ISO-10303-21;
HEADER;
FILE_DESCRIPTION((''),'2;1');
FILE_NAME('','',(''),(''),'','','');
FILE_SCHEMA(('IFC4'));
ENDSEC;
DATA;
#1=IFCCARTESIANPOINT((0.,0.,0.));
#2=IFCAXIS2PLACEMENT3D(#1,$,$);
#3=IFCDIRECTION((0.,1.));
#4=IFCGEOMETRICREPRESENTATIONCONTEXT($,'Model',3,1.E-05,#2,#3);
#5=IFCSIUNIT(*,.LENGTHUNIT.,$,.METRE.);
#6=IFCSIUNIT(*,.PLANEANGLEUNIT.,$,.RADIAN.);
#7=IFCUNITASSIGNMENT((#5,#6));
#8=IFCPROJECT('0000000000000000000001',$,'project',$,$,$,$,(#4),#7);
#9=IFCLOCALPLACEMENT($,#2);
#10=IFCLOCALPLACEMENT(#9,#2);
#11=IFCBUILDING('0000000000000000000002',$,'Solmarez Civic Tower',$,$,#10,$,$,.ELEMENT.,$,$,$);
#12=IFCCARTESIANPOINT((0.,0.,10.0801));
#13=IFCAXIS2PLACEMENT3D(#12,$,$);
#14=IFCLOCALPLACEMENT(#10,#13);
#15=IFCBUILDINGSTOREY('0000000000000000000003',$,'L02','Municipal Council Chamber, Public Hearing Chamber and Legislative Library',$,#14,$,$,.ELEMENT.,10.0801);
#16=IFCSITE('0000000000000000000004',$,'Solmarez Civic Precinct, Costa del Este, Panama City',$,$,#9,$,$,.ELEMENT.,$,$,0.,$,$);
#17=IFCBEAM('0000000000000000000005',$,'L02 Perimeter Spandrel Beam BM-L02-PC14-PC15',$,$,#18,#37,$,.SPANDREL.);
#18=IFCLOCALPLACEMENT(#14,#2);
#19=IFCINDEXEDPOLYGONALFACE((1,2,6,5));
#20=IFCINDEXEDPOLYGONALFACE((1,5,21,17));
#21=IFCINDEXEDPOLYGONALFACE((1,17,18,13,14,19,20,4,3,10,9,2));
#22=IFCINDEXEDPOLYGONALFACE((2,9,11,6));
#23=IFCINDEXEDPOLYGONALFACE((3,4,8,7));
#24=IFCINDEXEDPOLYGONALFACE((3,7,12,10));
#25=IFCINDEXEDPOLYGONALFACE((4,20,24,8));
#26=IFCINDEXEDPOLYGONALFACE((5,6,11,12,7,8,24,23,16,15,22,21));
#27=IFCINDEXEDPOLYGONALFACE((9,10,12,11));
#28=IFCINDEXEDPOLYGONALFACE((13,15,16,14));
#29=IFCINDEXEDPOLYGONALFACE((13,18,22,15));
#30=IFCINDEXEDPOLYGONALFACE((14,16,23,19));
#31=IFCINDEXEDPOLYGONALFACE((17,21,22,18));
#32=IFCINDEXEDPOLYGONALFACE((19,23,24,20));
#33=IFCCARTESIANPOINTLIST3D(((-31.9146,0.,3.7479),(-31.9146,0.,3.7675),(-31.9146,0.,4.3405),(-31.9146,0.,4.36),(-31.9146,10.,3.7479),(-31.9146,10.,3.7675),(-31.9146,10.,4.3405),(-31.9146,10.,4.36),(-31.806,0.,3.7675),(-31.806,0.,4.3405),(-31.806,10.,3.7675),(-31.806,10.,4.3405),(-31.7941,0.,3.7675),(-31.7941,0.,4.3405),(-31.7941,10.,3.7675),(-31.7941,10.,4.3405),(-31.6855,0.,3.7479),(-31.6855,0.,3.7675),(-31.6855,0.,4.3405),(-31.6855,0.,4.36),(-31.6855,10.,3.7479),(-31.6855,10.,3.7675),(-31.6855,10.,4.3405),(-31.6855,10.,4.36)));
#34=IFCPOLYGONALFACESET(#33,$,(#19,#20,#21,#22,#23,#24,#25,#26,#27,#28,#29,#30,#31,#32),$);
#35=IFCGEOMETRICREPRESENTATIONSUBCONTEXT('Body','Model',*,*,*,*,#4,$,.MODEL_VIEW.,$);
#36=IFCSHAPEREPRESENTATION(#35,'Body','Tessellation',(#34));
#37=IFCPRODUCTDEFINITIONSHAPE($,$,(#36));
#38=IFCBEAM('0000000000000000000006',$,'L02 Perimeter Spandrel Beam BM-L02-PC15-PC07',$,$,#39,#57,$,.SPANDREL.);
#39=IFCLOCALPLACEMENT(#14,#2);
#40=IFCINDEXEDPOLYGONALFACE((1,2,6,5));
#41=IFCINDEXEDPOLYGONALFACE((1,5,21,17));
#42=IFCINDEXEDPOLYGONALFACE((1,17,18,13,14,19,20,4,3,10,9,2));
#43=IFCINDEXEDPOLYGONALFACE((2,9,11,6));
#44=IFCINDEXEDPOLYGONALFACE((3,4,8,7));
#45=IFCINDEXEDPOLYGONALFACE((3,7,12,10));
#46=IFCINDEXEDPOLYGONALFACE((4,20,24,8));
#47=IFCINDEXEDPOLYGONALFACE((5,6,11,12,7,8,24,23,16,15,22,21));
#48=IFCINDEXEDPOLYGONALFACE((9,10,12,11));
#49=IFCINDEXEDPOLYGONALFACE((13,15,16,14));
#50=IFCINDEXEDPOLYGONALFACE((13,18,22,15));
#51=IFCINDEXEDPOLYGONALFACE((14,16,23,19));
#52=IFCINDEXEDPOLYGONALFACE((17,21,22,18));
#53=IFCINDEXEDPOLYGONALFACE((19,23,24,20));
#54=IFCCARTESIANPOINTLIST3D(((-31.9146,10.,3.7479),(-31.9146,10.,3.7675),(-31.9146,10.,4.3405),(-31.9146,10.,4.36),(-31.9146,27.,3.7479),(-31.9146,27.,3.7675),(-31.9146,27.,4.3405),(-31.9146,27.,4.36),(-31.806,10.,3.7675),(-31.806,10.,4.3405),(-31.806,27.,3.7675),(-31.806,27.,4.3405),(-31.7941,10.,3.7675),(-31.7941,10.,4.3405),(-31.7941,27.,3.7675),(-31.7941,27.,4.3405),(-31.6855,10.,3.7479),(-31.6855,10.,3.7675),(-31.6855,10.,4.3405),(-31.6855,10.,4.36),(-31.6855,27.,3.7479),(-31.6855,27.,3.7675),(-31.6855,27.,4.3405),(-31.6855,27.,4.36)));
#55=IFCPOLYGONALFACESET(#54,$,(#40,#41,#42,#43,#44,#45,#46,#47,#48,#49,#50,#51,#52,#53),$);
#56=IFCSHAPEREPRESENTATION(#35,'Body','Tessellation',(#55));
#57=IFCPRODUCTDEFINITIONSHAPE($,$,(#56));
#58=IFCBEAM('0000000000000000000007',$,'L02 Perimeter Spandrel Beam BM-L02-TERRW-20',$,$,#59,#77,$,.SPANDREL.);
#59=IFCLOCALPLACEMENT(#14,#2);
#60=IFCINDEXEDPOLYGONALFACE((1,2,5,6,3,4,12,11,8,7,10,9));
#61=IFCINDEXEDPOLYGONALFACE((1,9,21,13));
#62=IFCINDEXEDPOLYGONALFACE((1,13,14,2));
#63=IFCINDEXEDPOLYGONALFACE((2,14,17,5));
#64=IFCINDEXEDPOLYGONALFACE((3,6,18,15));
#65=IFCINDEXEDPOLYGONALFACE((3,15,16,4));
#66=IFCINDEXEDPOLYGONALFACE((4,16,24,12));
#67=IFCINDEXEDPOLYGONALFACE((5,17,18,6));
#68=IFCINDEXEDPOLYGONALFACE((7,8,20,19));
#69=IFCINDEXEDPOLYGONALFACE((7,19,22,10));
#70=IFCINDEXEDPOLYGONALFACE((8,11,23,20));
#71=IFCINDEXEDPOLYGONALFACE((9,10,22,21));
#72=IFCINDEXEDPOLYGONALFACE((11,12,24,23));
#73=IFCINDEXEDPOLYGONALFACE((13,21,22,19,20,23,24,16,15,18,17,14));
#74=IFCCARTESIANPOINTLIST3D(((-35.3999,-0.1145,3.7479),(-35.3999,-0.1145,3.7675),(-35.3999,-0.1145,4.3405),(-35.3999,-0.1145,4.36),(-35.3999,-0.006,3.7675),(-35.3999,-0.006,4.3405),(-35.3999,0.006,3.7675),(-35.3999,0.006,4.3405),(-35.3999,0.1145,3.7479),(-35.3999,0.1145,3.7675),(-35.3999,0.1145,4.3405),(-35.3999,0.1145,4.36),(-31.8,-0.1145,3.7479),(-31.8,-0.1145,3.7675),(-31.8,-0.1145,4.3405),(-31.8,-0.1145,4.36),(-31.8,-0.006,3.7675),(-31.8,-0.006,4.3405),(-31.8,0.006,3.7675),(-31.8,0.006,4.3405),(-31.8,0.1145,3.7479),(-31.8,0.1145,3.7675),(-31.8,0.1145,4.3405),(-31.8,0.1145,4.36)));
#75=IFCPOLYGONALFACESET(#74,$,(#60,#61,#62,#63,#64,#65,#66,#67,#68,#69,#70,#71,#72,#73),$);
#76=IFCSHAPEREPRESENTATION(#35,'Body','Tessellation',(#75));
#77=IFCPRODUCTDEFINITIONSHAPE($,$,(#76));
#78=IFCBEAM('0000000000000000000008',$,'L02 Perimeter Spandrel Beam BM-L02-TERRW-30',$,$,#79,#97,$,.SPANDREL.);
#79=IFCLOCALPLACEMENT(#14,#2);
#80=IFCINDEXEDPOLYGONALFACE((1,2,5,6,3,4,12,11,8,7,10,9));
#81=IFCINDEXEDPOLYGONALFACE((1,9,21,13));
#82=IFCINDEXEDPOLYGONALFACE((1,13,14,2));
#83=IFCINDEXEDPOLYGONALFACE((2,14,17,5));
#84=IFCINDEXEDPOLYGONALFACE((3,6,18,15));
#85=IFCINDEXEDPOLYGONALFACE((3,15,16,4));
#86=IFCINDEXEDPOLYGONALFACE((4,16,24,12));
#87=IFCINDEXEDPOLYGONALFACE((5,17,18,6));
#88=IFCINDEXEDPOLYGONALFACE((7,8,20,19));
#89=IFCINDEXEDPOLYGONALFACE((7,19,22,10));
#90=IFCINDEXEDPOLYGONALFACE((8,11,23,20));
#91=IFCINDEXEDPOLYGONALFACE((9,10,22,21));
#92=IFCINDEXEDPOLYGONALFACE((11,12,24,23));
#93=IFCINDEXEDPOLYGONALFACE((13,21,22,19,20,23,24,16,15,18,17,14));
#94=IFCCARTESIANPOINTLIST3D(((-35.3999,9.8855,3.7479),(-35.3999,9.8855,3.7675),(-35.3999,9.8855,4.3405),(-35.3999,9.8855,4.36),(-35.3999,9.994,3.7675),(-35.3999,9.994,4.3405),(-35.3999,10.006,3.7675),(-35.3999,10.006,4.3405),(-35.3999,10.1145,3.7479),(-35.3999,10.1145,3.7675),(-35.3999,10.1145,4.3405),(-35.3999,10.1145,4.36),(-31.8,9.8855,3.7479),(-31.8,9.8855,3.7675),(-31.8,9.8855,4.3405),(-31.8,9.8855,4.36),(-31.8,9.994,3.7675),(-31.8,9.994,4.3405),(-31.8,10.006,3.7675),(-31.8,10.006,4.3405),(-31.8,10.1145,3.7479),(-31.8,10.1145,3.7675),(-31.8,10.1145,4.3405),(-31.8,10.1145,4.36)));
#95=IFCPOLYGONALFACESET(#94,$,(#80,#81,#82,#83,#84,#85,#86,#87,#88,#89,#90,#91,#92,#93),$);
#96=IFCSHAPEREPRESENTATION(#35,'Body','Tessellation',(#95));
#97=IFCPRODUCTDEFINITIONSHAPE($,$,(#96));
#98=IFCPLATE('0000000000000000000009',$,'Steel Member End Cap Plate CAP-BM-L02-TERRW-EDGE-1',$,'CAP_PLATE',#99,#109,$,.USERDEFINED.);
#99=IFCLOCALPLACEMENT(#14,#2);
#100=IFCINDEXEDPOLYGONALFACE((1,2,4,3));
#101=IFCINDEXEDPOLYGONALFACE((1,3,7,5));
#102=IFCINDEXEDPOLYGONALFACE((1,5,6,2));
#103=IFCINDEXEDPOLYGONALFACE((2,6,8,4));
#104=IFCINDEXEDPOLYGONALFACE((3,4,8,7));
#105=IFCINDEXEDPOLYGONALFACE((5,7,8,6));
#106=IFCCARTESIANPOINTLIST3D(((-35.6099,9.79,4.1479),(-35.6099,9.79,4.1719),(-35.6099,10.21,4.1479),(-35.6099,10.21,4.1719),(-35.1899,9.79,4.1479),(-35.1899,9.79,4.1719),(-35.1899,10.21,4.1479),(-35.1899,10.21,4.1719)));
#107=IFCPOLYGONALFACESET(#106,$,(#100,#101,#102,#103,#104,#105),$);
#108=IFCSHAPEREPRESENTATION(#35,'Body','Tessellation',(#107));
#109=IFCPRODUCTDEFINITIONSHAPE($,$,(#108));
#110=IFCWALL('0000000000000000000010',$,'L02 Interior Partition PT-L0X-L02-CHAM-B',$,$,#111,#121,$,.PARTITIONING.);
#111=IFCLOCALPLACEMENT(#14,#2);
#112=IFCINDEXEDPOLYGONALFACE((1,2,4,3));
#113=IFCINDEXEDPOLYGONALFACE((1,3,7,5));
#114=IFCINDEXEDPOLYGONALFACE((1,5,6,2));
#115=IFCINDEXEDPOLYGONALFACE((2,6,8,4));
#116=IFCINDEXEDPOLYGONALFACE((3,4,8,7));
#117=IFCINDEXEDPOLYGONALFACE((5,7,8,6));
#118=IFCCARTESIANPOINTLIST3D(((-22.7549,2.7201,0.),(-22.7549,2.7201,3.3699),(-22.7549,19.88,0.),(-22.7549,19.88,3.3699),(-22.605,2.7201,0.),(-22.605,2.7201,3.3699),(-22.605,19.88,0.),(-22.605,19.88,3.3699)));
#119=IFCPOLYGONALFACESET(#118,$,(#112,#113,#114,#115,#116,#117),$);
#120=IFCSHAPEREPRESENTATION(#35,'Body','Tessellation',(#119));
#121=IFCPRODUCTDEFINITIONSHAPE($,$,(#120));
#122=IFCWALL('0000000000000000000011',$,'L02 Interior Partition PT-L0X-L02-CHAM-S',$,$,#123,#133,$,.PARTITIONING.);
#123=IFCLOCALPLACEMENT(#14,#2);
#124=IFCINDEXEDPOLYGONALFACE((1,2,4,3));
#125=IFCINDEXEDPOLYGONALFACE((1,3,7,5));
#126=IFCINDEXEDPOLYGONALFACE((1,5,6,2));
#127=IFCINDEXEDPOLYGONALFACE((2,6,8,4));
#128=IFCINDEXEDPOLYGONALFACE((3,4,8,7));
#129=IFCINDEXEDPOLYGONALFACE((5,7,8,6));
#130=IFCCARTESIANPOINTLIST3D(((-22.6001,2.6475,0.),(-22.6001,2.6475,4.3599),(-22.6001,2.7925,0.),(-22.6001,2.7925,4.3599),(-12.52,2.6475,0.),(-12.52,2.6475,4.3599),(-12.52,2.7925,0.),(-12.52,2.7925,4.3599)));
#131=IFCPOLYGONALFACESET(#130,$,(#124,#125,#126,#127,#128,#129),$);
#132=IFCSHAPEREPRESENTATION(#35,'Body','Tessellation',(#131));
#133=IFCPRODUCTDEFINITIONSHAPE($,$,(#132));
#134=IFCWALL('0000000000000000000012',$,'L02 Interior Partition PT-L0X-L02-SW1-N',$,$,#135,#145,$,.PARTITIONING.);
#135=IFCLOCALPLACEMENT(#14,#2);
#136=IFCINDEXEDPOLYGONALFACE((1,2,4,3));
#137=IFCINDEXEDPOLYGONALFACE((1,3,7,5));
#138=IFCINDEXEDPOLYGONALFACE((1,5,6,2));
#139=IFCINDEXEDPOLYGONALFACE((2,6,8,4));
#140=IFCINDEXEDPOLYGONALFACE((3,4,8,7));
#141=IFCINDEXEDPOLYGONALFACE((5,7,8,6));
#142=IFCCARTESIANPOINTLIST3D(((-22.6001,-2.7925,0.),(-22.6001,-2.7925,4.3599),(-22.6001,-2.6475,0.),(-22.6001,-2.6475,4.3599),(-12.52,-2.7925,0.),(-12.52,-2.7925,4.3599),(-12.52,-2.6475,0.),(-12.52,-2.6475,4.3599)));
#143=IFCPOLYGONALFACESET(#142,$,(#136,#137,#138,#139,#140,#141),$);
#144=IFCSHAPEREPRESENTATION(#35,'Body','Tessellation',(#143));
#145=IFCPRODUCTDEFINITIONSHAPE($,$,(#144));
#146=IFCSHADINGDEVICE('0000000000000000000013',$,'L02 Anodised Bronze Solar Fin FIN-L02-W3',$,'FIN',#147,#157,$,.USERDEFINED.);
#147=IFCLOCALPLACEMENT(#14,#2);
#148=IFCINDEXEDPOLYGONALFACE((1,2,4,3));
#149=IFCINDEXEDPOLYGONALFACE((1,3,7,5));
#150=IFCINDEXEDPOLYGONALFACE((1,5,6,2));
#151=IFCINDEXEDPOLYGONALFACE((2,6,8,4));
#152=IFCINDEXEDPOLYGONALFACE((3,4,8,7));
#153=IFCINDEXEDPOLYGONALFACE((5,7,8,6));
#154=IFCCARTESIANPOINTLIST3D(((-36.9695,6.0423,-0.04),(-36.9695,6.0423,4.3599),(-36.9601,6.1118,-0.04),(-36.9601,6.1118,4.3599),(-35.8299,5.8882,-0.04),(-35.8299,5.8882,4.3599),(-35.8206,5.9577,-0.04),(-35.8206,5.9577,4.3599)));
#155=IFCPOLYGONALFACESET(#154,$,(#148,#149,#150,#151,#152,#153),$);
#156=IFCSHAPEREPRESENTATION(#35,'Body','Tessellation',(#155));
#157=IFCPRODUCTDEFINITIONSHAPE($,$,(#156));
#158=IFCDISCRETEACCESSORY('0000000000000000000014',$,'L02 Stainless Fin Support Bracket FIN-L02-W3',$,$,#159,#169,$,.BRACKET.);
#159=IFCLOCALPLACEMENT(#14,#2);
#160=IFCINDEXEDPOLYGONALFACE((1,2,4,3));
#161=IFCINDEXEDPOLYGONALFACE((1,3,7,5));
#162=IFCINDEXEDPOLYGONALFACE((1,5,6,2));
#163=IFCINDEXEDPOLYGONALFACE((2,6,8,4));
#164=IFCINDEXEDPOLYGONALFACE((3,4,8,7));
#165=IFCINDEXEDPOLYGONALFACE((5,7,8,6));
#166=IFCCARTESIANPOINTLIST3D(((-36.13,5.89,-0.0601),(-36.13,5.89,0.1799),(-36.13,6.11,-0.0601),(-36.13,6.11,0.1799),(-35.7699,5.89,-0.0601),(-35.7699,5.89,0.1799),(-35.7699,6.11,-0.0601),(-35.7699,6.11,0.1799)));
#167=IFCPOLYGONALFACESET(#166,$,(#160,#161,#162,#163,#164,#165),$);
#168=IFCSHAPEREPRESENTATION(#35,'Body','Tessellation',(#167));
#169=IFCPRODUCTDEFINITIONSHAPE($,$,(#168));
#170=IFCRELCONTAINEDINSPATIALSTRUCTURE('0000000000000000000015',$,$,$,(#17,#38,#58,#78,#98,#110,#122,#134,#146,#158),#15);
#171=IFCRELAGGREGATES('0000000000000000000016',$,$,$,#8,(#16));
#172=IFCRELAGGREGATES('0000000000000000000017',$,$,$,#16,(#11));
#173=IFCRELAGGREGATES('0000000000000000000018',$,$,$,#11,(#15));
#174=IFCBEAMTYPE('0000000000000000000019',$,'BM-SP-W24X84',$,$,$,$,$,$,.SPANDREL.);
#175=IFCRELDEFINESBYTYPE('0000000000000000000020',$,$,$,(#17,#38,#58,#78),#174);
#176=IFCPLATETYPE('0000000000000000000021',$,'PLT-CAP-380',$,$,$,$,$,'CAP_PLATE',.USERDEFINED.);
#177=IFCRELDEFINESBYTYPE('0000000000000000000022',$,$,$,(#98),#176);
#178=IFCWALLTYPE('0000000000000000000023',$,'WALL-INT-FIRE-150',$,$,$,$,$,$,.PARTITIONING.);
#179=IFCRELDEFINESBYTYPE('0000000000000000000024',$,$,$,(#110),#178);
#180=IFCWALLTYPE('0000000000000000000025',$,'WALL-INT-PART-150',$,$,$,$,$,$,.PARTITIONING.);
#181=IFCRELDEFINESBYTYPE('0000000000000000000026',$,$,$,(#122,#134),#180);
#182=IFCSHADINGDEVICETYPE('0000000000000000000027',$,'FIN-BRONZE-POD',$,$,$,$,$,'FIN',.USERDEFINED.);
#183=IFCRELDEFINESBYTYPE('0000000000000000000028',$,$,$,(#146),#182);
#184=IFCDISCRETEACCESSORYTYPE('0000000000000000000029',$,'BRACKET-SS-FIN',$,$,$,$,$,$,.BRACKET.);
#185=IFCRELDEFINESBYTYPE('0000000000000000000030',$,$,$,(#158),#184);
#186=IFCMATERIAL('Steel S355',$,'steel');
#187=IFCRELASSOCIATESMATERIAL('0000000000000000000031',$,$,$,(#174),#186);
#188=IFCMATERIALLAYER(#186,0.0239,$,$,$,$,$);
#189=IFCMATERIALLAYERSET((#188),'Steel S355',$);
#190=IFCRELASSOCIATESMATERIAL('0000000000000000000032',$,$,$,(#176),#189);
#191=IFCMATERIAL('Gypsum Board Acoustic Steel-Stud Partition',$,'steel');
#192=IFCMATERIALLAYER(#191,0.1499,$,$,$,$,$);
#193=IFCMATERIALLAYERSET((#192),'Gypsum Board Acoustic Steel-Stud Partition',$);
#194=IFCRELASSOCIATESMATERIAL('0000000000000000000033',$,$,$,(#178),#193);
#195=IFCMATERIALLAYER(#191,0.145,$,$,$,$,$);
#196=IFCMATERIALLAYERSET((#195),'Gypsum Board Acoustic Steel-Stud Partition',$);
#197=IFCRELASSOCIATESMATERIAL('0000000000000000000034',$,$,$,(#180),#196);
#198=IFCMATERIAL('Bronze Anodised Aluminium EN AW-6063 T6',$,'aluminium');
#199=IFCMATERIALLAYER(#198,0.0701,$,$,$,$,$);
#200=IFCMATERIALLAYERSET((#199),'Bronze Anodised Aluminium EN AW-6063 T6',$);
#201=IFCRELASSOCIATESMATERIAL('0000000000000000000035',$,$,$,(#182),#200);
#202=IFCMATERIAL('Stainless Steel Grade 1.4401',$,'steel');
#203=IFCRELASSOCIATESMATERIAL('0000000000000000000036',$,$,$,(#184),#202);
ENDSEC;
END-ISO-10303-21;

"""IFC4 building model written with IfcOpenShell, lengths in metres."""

from ifc_helpers import new_model, si_unit, direction, frame, frame_2d, origin, origin_2d, place, context, subcontext, project, spatial, rectangle, i_section, extrude, material, layer, layer_set, material_profile, profile_set, type_object, element, save


model = new_model("IFC4")

# Units and contexts
model_context = context("Model", 3, precision=1e-05, world=origin(), true_north=direction((0.0, 1.0)))
body_context = subcontext(model_context, "Body", "Model", "MODEL_VIEW")
ifc_project = project(units=[si_unit("LENGTHUNIT", "METRE"), si_unit("PLANEANGLEUNIT", "RADIAN")], contexts=[model_context])

# Site, building, storey
site_placement = place(None, origin())
site = spatial("IfcSite", under=ifc_project, at=site_placement, Name="Solmarez Civic Precinct, Costa del Este, Panama City", CompositionType="ELEMENT", RefElevation=0.0)
building_placement = place(site_placement, origin())
building = spatial("IfcBuilding", under=site, at=building_placement, Name="Solmarez Civic Tower", CompositionType="ELEMENT")
storey_placement = place(building_placement, frame((0.0, 0.0, 10.0801)))
storey = spatial("IfcBuildingStorey", under=building, at=storey_placement, Name="L02", Description="Municipal Council Chamber, Public Hearing Chamber and Legislative Library", CompositionType="ELEMENT", Elevation=10.0801)

# Beams
ifc_material_1 = material(Name="Steel S355", Category="steel")
ifc_material_profile_1 = material_profile(ifc_material_1, i_section(OverallWidth=0.229, OverallDepth=0.6121, WebThickness=0.012, FlangeThickness=0.0195, at=origin_2d()), Name="W24X84")
ifc_profile_set_1 = profile_set([ifc_material_profile_1], Name="Steel S355")
beam_type_1 = type_object("IfcBeamType", Name="BM-SP-W24X84", PredefinedType="SPANDREL", material=ifc_profile_set_1)
beam_1_placement = place(storey_placement, frame((-31.8, 0.0, 4.054), z_axis=(0.0, 1.0, 0.0), x_axis=(-1.0, 0.0, 0.0)))
element("IfcBeam", 1, at=beam_1_placement, inside=storey, type_object=beam_type_1, Name="L02 Perimeter Spandrel Beam BM-L02-PC14-PC15", PredefinedType="SPANDREL", context=body_context, shape_type="SweptSolid", body=[
    extrude(i_section(OverallWidth=0.229, OverallDepth=0.6121, WebThickness=0.012, FlangeThickness=0.0195, at=origin_2d()), origin(), (0.0, 0.0, 1.0), 10.0),
])
beam_2_placement = place(storey_placement, frame((-31.8, 10.0, 4.054), z_axis=(0.0, 1.0, 0.0), x_axis=(-1.0, 0.0, 0.0)))
element("IfcBeam", 2, at=beam_2_placement, inside=storey, type_object=beam_type_1, Name="L02 Perimeter Spandrel Beam BM-L02-PC15-PC07", PredefinedType="SPANDREL", context=body_context, shape_type="SweptSolid", body=[
    extrude(i_section(OverallWidth=0.229, OverallDepth=0.6121, WebThickness=0.012, FlangeThickness=0.0195, at=origin_2d()), origin(), (0.0, 0.0, 1.0), 17.0),
])
for number, where, z_axis, x_axis, name in (
    (3, (-31.8, 0.0, 4.054), (-1.0, 0.0, 0.0), (0.0, -1.0, 0.0), "L02 Perimeter Spandrel Beam BM-L02-TERRW-20"),
    (4, (-31.8, 10.0, 4.054), (-1.0, 0.0, 0.0), (0.0, -1.0, 0.0), "L02 Perimeter Spandrel Beam BM-L02-TERRW-30"),
):
    element("IfcBeam", number, at=place(storey_placement, frame(where, z_axis=z_axis, x_axis=x_axis)), inside=storey, type_object=beam_type_1, Name=name, PredefinedType="SPANDREL", context=body_context, shape_type="SweptSolid", body=[
        extrude(i_section(OverallWidth=0.229, OverallDepth=0.6121, WebThickness=0.012, FlangeThickness=0.0195, at=origin_2d()), origin(), (0.0, 0.0, 1.0), 3.5999),
    ])

# Plate
ifc_layer_1 = layer(ifc_material_1, 0.0239)
ifc_layer_set_1 = layer_set([ifc_layer_1], Name="Steel S355")
plate_type = type_object("IfcPlateType", Name="PLT-CAP-380", ElementType="CAP_PLATE", PredefinedType="USERDEFINED", material=ifc_layer_set_1)
plate_placement = place(storey_placement, frame((-35.3999, 10.0, 4.1479), z_axis=(0.0, 0.0, 1.0), x_axis=(1.0, 0.0, 0.0)))
element("IfcPlate", 5, at=plate_placement, inside=storey, type_object=plate_type, Name="Steel Member End Cap Plate CAP-BM-L02-TERRW-EDGE-1", ObjectType="CAP_PLATE", PredefinedType="USERDEFINED", context=body_context, shape_type="SweptSolid", body=[
    extrude(rectangle(XDim=0.4199, YDim=0.4199, at=origin_2d()), origin(), (0.0, 0.0, 1.0), 0.0239),
])

# Walls
ifc_material_2 = material(Name="Gypsum Board Acoustic Steel-Stud Partition", Category="steel")
ifc_layer_2 = layer(ifc_material_2, 0.1499)
ifc_layer_set_2 = layer_set([ifc_layer_2], Name="Gypsum Board Acoustic Steel-Stud Partition")
wall_type_1 = type_object("IfcWallType", Name="WALL-INT-FIRE-150", PredefinedType="PARTITIONING", material=ifc_layer_set_2)
wall_placement = place(storey_placement, frame((-22.6799, 2.72, 0.0), z_axis=(0.0, 0.0, 1.0), x_axis=(0.0, 1.0, 0.0)))
element("IfcWall", 6, at=wall_placement, inside=storey, type_object=wall_type_1, Name="L02 Interior Partition PT-L0X-L02-CHAM-B", PredefinedType="PARTITIONING", context=body_context, shape_type="SweptSolid", body=[
    extrude(rectangle(XDim=17.1599, YDim=0.1499, at=frame_2d((8.5801, 0.0))), origin(), (0.0, 0.0, 1.0), 3.3699),
])
ifc_layer_3 = layer(ifc_material_2, 0.145)
ifc_layer_set_3 = layer_set([ifc_layer_3], Name="Gypsum Board Acoustic Steel-Stud Partition")
wall_type_2 = type_object("IfcWallType", Name="WALL-INT-PART-150", PredefinedType="PARTITIONING", material=ifc_layer_set_3)
for number, where, z_axis, x_axis, name in (
    (7, (-22.6001, 2.72, 0.0), (0.0, 0.0, 1.0), (1.0, 0.0, 0.0), "L02 Interior Partition PT-L0X-L02-CHAM-S"),
    (8, (-22.6001, -2.72, 0.0), (0.0, 0.0, 1.0), (1.0, 0.0, 0.0), "L02 Interior Partition PT-L0X-L02-SW1-N"),
):
    element("IfcWall", number, at=place(storey_placement, frame(where, z_axis=z_axis, x_axis=x_axis)), inside=storey, type_object=wall_type_2, Name=name, PredefinedType="PARTITIONING", context=body_context, shape_type="SweptSolid", body=[
        extrude(rectangle(XDim=10.0801, YDim=0.145, at=frame_2d((5.04, 0.0))), origin(), (0.0, 0.0, 1.0), 4.3599),
    ])

# Shading device
ifc_material_3 = material(Name="Bronze Anodised Aluminium EN AW-6063 T6", Category="aluminium")
ifc_layer_4 = layer(ifc_material_3, 0.0701)
ifc_layer_set_4 = layer_set([ifc_layer_4], Name="Bronze Anodised Aluminium EN AW-6063 T6")
shading_device_type = type_object("IfcShadingDeviceType", Name="FIN-BRONZE-POD", ElementType="FIN", PredefinedType="USERDEFINED", material=ifc_layer_set_4)
shading_device_placement = place(storey_placement, frame((-36.395, 6.0, -0.04), z_axis=(0.0, 0.0, 1.0), x_axis=(-0.990983, 0.133986, 0.0)))
element("IfcShadingDevice", 9, at=shading_device_placement, inside=storey, type_object=shading_device_type, Name="L02 Anodised Bronze Solar Fin FIN-L02-W3", ObjectType="FIN", PredefinedType="USERDEFINED", context=body_context, shape_type="SweptSolid", body=[
    extrude(rectangle(XDim=1.1499, YDim=0.0701, at=origin_2d()), origin(), (0.0, 0.0, 1.0), 4.3999),
])

# Discrete accessory
ifc_material_4 = material(Name="Stainless Steel Grade 1.4401", Category="steel")
discrete_accessory_type = type_object("IfcDiscreteAccessoryType", Name="BRACKET-SS-FIN", PredefinedType="BRACKET", material=ifc_material_4)
discrete_accessory_placement = place(storey_placement, frame((-35.95, 6.0, -0.0601), z_axis=(0.0, 0.0, 1.0), x_axis=(-1.0, 0.0, 0.0)))
element("IfcDiscreteAccessory", 10, at=discrete_accessory_placement, inside=storey, type_object=discrete_accessory_type, Name="L02 Stainless Fin Support Bracket FIN-L02-W3", PredefinedType="BRACKET", context=body_context, shape_type="SweptSolid", body=[
    extrude(rectangle(XDim=0.3601, YDim=0.22, at=origin_2d()), origin(), (0.0, 0.0, 1.0), 0.24),
])

save(model, "model.ifc")
